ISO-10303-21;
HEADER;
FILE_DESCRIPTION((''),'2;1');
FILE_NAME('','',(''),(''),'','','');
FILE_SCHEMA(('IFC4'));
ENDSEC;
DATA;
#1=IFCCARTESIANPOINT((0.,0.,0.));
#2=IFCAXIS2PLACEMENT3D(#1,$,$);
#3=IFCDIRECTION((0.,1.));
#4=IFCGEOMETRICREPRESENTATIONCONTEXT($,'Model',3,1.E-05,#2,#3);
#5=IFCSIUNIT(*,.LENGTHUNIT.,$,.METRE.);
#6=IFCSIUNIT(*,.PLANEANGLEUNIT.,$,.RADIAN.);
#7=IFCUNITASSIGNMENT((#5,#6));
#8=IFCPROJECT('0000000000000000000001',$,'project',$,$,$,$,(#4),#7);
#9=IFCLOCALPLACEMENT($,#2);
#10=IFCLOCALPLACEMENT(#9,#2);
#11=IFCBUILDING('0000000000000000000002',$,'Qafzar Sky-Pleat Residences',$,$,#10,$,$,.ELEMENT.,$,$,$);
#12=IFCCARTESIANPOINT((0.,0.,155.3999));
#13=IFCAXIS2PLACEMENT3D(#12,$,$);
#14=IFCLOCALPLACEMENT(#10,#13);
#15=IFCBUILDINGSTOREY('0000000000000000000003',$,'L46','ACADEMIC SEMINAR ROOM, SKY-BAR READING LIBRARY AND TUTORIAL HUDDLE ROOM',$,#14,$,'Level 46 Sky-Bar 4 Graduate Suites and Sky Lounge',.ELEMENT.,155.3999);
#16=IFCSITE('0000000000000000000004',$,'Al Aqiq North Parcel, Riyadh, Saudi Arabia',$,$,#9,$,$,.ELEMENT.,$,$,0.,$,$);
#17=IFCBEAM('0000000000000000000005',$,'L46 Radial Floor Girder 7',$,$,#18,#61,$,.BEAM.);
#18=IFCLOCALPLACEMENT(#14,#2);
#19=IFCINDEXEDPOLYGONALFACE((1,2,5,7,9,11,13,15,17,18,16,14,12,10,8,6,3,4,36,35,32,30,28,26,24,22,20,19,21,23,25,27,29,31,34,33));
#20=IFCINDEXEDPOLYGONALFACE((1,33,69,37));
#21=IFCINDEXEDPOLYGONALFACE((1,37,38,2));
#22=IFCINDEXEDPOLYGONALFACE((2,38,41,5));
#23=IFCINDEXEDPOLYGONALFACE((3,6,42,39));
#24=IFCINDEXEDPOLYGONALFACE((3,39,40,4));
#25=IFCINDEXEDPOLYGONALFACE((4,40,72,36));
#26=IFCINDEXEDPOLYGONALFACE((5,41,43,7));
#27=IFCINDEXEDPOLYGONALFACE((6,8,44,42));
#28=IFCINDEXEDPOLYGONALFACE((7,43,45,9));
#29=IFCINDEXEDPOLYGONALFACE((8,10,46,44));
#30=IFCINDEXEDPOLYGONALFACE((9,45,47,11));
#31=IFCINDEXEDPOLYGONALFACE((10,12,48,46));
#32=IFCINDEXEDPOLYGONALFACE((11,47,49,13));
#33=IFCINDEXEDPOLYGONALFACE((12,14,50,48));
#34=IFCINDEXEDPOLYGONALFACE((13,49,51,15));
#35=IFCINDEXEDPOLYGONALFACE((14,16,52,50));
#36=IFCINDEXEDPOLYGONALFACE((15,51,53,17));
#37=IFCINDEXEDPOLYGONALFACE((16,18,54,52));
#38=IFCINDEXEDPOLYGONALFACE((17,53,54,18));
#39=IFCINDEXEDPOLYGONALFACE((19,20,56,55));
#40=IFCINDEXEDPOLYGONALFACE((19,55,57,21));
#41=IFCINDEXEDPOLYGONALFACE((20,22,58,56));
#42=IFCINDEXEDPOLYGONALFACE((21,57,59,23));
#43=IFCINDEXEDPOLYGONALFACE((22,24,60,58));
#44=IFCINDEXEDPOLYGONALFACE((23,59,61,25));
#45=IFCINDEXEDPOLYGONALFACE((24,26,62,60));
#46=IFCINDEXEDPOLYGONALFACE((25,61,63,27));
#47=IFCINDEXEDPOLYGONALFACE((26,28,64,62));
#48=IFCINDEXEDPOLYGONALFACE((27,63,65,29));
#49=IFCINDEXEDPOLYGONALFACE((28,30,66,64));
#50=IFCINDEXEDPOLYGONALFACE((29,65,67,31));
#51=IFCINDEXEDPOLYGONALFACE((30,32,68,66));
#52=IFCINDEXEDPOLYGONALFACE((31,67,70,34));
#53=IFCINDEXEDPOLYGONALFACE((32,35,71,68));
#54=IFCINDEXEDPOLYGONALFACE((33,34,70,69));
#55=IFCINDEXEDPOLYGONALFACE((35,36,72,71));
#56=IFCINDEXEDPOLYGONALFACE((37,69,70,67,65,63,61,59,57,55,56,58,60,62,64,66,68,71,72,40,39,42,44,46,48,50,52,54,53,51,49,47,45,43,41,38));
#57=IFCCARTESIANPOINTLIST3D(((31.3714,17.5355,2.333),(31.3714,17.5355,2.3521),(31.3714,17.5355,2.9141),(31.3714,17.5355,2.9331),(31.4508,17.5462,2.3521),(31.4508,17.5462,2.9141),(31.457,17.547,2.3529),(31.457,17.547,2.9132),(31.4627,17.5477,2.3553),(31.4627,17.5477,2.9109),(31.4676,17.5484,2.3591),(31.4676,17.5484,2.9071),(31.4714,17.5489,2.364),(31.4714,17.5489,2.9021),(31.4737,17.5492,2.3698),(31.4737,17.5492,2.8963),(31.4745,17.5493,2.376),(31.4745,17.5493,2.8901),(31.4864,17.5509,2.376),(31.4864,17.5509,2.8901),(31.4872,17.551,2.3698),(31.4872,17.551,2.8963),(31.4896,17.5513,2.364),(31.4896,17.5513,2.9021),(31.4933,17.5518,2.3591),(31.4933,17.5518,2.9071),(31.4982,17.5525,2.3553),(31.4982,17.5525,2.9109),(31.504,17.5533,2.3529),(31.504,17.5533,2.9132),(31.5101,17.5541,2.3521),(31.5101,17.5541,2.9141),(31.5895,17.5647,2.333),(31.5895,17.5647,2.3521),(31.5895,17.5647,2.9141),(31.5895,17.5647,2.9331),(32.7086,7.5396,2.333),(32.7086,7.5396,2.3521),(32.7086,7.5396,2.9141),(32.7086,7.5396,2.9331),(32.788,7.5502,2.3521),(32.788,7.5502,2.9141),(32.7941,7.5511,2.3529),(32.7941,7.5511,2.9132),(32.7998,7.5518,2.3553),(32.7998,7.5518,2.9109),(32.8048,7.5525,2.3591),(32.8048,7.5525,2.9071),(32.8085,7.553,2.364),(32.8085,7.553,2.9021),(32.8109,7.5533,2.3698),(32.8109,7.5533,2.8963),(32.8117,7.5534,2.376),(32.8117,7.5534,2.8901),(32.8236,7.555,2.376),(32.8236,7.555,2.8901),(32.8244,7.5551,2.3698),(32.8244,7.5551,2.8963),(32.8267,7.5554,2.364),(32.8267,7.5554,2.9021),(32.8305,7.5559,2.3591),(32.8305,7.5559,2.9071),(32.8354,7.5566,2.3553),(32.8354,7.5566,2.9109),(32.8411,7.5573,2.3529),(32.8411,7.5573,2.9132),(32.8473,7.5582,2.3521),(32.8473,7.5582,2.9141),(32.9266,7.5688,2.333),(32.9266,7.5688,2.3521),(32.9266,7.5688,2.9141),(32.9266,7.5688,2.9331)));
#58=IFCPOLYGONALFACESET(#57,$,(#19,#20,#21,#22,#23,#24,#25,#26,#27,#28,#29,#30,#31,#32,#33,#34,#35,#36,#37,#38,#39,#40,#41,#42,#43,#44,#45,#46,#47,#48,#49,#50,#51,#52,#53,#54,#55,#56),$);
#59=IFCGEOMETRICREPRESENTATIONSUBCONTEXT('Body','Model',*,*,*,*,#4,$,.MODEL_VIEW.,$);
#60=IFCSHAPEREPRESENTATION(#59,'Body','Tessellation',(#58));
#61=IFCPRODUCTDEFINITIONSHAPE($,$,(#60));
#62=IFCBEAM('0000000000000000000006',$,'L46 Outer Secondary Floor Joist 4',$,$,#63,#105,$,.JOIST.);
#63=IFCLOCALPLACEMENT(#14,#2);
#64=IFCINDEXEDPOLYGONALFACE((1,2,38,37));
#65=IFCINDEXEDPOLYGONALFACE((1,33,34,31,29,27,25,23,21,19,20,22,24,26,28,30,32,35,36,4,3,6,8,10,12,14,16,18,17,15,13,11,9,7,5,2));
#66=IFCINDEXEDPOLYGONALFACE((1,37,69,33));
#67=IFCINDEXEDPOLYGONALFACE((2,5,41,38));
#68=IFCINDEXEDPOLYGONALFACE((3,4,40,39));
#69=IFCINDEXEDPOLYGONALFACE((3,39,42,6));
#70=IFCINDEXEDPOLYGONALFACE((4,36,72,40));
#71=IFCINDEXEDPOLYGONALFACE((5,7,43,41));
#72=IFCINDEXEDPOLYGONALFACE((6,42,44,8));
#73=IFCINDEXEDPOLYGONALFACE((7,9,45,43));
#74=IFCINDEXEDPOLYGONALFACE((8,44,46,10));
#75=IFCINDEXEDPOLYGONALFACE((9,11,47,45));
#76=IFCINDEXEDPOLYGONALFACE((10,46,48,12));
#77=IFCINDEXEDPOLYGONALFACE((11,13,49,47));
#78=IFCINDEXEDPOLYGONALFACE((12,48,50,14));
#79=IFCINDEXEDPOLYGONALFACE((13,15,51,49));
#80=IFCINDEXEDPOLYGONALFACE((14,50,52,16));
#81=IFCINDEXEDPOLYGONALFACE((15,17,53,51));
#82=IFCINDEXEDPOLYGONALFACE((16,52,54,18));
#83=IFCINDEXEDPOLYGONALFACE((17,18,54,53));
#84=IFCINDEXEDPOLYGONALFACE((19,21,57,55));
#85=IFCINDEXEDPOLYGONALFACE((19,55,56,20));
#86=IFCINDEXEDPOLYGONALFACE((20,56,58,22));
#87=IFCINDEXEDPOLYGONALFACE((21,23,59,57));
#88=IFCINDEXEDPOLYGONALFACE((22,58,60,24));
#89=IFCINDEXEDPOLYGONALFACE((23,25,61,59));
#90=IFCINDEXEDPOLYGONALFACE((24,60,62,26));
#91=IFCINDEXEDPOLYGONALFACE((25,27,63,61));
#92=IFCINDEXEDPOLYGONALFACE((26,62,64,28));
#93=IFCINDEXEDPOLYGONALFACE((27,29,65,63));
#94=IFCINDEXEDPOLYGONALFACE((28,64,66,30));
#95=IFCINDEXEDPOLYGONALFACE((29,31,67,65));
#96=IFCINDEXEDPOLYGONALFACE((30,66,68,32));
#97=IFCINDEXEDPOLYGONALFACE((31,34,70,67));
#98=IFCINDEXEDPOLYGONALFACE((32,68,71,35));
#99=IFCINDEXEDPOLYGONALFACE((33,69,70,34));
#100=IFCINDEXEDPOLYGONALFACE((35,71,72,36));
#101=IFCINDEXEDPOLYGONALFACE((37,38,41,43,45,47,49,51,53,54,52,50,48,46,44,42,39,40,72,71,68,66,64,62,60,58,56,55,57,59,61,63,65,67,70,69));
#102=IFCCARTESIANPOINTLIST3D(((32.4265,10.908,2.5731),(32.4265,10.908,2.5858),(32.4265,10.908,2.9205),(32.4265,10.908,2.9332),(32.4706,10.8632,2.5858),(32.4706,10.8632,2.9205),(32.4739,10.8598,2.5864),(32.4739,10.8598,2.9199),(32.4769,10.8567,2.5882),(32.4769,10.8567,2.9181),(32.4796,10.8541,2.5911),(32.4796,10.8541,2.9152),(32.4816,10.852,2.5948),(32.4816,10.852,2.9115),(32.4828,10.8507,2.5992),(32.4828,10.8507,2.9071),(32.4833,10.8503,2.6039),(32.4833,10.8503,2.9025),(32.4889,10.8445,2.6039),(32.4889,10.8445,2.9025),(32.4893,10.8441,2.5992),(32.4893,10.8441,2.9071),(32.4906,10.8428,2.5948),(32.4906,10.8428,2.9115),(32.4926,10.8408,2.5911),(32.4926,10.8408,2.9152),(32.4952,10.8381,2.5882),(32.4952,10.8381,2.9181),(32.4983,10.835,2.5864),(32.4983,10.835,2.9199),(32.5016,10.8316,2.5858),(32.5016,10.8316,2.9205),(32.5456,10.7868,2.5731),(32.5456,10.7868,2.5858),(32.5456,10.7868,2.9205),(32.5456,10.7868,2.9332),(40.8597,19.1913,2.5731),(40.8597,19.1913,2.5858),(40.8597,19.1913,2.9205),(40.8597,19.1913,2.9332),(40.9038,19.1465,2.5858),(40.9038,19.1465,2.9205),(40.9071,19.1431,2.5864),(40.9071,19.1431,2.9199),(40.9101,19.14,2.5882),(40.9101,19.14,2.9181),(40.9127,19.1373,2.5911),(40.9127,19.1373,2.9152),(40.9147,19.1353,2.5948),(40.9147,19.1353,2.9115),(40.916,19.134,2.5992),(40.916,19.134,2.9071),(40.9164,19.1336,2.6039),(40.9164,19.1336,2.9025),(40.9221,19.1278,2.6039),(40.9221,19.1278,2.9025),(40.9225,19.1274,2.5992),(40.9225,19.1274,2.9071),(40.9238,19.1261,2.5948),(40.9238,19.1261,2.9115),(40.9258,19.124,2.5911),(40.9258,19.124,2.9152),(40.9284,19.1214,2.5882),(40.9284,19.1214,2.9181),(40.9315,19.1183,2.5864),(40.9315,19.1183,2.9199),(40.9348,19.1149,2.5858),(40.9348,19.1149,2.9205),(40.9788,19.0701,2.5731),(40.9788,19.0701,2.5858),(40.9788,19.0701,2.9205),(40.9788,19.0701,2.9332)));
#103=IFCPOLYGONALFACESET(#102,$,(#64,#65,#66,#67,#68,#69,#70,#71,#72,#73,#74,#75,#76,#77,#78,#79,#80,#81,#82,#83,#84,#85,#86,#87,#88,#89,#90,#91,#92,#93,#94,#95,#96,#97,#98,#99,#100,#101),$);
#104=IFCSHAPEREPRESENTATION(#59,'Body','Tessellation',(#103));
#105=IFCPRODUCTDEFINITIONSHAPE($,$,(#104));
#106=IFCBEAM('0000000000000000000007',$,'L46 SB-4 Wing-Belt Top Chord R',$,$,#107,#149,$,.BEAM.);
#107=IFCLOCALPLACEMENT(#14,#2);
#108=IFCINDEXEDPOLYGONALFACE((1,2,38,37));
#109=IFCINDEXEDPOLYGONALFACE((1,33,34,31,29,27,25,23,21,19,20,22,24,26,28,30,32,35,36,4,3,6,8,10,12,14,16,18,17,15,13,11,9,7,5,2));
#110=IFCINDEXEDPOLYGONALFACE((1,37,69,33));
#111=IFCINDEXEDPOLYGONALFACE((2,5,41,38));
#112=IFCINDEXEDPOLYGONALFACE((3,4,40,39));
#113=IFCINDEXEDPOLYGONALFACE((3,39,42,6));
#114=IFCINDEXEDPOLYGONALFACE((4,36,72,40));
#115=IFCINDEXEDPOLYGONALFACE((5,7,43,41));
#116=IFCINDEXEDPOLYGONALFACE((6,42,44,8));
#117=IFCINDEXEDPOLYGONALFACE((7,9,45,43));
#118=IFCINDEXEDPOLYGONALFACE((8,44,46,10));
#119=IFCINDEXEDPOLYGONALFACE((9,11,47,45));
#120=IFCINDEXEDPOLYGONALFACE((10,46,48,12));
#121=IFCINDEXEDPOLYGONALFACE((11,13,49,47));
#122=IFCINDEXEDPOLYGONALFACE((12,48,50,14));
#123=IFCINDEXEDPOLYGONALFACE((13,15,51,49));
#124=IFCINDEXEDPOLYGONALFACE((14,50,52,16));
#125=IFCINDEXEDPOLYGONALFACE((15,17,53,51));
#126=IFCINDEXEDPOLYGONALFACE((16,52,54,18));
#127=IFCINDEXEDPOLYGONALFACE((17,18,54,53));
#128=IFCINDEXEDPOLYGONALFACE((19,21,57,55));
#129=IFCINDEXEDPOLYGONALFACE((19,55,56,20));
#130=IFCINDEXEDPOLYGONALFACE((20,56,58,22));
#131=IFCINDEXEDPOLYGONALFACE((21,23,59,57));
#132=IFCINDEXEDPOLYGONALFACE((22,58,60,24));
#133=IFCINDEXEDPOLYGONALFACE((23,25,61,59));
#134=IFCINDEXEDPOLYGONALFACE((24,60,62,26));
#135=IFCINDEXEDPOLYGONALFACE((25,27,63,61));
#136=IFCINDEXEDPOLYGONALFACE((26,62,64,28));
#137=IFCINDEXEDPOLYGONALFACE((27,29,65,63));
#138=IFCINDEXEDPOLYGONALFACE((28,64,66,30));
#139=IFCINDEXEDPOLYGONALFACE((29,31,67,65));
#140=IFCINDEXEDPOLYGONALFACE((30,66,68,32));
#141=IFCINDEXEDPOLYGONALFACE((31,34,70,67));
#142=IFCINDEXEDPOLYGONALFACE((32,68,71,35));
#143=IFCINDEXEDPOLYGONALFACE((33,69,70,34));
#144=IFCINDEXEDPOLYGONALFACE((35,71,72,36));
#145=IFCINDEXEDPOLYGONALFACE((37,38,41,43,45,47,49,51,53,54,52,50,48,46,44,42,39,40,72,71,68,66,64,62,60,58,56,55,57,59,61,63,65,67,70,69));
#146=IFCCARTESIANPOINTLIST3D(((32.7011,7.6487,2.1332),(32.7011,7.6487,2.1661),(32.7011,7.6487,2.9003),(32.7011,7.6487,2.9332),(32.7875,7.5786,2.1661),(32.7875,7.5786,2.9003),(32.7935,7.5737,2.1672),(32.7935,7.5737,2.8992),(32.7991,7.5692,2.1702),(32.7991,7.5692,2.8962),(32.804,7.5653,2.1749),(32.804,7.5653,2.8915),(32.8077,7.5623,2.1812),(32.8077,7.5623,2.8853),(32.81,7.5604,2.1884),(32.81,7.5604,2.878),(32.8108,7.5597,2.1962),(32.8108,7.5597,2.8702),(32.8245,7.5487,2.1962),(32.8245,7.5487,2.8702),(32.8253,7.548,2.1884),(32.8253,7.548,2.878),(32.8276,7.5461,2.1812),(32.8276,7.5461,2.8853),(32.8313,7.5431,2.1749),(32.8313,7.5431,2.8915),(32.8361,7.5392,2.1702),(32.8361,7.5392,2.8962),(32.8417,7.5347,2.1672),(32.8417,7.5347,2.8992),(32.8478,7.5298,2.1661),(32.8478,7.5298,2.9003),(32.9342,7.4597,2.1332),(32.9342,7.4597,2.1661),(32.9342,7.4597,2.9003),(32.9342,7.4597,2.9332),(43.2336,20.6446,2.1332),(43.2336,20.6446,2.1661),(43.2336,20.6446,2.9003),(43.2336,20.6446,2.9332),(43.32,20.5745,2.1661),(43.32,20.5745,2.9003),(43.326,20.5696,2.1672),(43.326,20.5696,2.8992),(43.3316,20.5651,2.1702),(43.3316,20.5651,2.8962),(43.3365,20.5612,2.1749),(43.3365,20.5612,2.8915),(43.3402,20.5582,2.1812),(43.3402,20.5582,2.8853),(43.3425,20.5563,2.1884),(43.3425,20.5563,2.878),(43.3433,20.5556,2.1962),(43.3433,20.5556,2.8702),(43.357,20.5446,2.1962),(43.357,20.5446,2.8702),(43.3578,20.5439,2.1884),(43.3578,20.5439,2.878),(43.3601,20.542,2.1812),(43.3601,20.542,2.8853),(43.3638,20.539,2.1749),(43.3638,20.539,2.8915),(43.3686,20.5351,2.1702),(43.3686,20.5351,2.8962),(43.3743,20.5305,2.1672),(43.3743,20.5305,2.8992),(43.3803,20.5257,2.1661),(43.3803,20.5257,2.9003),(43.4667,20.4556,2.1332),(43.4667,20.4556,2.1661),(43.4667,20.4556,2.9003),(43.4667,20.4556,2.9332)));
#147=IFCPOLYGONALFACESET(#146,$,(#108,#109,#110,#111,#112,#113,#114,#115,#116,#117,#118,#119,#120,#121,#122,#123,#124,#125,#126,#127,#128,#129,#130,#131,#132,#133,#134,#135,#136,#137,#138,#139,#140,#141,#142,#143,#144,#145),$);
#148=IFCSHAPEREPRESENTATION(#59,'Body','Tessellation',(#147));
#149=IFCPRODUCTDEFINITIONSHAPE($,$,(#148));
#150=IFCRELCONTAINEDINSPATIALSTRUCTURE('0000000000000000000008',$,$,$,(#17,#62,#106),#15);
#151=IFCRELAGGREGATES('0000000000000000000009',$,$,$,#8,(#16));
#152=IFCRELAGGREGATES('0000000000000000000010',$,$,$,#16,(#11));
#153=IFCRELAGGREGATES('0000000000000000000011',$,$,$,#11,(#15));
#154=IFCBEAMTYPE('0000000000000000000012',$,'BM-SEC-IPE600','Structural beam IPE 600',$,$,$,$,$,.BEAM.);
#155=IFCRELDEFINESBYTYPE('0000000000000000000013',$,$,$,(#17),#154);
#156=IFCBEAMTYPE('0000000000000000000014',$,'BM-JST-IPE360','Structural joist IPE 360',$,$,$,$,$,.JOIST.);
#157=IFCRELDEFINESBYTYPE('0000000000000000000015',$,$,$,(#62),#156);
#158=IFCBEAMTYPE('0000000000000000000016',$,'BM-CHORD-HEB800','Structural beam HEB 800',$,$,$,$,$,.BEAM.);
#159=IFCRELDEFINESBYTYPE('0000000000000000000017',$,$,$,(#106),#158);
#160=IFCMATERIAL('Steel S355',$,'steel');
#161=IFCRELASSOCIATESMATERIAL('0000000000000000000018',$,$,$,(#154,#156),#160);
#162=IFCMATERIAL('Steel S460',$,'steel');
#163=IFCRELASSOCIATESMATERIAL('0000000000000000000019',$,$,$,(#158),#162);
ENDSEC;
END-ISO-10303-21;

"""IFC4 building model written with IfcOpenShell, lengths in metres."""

from ifc_helpers import new_model, si_unit, direction, frame, origin, origin_2d, place, context, subcontext, project, spatial, i_section, extrude, source, transform, mapped, material, material_profile, profile_set, type_object, element, save


model = new_model("IFC4")

# Units and contexts
model_context = context("Model", 3, precision=1e-05, world=origin(), true_north=direction((0.0, 1.0)))
body_context = subcontext(model_context, "Body", "Model", "MODEL_VIEW")
ifc_project = project(units=[si_unit("LENGTHUNIT", "METRE"), si_unit("PLANEANGLEUNIT", "RADIAN")], contexts=[model_context])

# Site, building, storey
site_placement = place(None, origin())
site = spatial("IfcSite", under=ifc_project, at=site_placement, Name="Al Aqiq North Parcel, Riyadh, Saudi Arabia", CompositionType="ELEMENT", RefElevation=0.0)
building_placement = place(site_placement, origin())
building = spatial("IfcBuilding", under=site, at=building_placement, Name="Qafzar Sky-Pleat Residences", CompositionType="ELEMENT")
storey_placement = place(building_placement, frame((0.0, 0.0, 155.3999)))
storey = spatial("IfcBuildingStorey", under=building, at=storey_placement, Name="L46", Description="ACADEMIC SEMINAR ROOM, SKY-BAR READING LIBRARY AND TUTORIAL HUDDLE ROOM", LongName="Level 46 Sky-Bar 4 Graduate Suites and Sky Lounge", CompositionType="ELEMENT", Elevation=155.3999)

# Shared definitions
ifc_material_1 = material(Name="Steel S355", Category="steel")

# Beams
ifc_material_profile_1 = material_profile(ifc_material_1, i_section(OverallWidth=0.22, OverallDepth=0.6001, WebThickness=0.012, FlangeThickness=0.019, FilletRadius=0.0239, at=origin_2d()), Name="IPE 600")
ifc_profile_set_1 = profile_set([ifc_material_profile_1], Name="Steel S355")
beam_type_1 = type_object("IfcBeamType", Name="BM-SEC-IPE600", Description="Structural beam IPE 600", PredefinedType="BEAM", material=ifc_profile_set_1)
shared_shape_1 = source(origin(), body_context, "Body", "SweptSolid", [
    extrude(i_section(OverallWidth=0.22, OverallDepth=0.6001, WebThickness=0.012, FlangeThickness=0.019, FilletRadius=0.0239, at=origin_2d()), origin(), (0.0, 0.0, 1.0), 10.085),
])
beam_1_placement = place(storey_placement, frame((32.8176, 7.5542, 2.6331), z_axis=(-0.13259, 0.991171, 0.0), x_axis=(-0.991171, -0.13259, 0.0)))
element("IfcBeam", 1, at=beam_1_placement, inside=storey, type_object=beam_type_1, Name="L46 Radial Floor Girder 7", PredefinedType="BEAM", context=body_context, shape_type="MappedRepresentation", body=[
    mapped(shared_shape_1, transform((0.0, 0.0, 0.0), x_axis=(1.0, 0.0, 0.0), y_axis=(0.0, 1.0, 0.0), z_axis=(0.0, 0.0, 1.0), scale=1.0)),
])
ifc_material_profile_2 = material_profile(ifc_material_1, i_section(OverallWidth=0.1699, OverallDepth=0.3601, WebThickness=0.0081, FlangeThickness=0.0127, FilletRadius=0.0181, at=origin_2d()), Name="IPE 360")
ifc_profile_set_2 = profile_set([ifc_material_profile_2], Name="Steel S355")
beam_type_2 = type_object("IfcBeamType", Name="BM-JST-IPE360", Description="Structural joist IPE 360", PredefinedType="JOIST", material=ifc_profile_set_2)
shared_shape_2 = source(origin(), body_context, "Body", "SweptSolid", [
    extrude(i_section(OverallWidth=0.1699, OverallDepth=0.3601, WebThickness=0.0081, FlangeThickness=0.0127, FilletRadius=0.0181, at=origin_2d()), origin(), (0.0, 0.0, 1.0), 11.8208),
])
beam_2_placement = place(storey_placement, frame((32.4861, 10.8474, 2.7532), z_axis=(0.713419, 0.700738, 0.0), x_axis=(-0.700738, 0.713419, 0.0)))
element("IfcBeam", 2, at=beam_2_placement, inside=storey, type_object=beam_type_2, Name="L46 Outer Secondary Floor Joist 4", PredefinedType="JOIST", context=body_context, shape_type="MappedRepresentation", body=[
    mapped(shared_shape_2, transform((0.0, 0.0, 0.0), x_axis=(1.0, 0.0, 0.0), y_axis=(0.0, 1.0, 0.0), z_axis=(0.0, 0.0, 1.0), scale=1.0)),
])
ifc_material_2 = material(Name="Steel S460", Category="steel")
ifc_material_profile_3 = material_profile(ifc_material_2, i_section(OverallWidth=0.3, OverallDepth=0.8, WebThickness=0.0176, FlangeThickness=0.033, FilletRadius=0.03, at=origin_2d()), Name="HEB 800")
ifc_profile_set_3 = profile_set([ifc_material_profile_3], Name="Steel S460")
beam_type_3 = type_object("IfcBeamType", Name="BM-CHORD-HEB800", Description="Structural beam HEB 800", PredefinedType="BEAM", material=ifc_profile_set_3)
shared_shape_3 = source(origin(), body_context, "Body", "SweptSolid", [
    extrude(i_section(OverallWidth=0.3, OverallDepth=0.8, WebThickness=0.0176, FlangeThickness=0.033, FilletRadius=0.03, at=origin_2d()), origin(), (0.0, 0.0, 1.0), 16.728),
])
beam_3_placement = place(storey_placement, frame((32.8176, 7.5542, 2.5332), z_axis=(0.629632, 0.776893, 0.0), x_axis=(-0.776893, 0.629632, 0.0)))
element("IfcBeam", 3, at=beam_3_placement, inside=storey, type_object=beam_type_3, Name="L46 SB-4 Wing-Belt Top Chord R", PredefinedType="BEAM", context=body_context, shape_type="MappedRepresentation", body=[
    mapped(shared_shape_3, transform((0.0, 0.0, 0.0), x_axis=(1.0, 0.0, 0.0), y_axis=(0.0, 1.0, 0.0), z_axis=(0.0, 0.0, 1.0), scale=1.0)),
])

save(model, "model.ifc")
